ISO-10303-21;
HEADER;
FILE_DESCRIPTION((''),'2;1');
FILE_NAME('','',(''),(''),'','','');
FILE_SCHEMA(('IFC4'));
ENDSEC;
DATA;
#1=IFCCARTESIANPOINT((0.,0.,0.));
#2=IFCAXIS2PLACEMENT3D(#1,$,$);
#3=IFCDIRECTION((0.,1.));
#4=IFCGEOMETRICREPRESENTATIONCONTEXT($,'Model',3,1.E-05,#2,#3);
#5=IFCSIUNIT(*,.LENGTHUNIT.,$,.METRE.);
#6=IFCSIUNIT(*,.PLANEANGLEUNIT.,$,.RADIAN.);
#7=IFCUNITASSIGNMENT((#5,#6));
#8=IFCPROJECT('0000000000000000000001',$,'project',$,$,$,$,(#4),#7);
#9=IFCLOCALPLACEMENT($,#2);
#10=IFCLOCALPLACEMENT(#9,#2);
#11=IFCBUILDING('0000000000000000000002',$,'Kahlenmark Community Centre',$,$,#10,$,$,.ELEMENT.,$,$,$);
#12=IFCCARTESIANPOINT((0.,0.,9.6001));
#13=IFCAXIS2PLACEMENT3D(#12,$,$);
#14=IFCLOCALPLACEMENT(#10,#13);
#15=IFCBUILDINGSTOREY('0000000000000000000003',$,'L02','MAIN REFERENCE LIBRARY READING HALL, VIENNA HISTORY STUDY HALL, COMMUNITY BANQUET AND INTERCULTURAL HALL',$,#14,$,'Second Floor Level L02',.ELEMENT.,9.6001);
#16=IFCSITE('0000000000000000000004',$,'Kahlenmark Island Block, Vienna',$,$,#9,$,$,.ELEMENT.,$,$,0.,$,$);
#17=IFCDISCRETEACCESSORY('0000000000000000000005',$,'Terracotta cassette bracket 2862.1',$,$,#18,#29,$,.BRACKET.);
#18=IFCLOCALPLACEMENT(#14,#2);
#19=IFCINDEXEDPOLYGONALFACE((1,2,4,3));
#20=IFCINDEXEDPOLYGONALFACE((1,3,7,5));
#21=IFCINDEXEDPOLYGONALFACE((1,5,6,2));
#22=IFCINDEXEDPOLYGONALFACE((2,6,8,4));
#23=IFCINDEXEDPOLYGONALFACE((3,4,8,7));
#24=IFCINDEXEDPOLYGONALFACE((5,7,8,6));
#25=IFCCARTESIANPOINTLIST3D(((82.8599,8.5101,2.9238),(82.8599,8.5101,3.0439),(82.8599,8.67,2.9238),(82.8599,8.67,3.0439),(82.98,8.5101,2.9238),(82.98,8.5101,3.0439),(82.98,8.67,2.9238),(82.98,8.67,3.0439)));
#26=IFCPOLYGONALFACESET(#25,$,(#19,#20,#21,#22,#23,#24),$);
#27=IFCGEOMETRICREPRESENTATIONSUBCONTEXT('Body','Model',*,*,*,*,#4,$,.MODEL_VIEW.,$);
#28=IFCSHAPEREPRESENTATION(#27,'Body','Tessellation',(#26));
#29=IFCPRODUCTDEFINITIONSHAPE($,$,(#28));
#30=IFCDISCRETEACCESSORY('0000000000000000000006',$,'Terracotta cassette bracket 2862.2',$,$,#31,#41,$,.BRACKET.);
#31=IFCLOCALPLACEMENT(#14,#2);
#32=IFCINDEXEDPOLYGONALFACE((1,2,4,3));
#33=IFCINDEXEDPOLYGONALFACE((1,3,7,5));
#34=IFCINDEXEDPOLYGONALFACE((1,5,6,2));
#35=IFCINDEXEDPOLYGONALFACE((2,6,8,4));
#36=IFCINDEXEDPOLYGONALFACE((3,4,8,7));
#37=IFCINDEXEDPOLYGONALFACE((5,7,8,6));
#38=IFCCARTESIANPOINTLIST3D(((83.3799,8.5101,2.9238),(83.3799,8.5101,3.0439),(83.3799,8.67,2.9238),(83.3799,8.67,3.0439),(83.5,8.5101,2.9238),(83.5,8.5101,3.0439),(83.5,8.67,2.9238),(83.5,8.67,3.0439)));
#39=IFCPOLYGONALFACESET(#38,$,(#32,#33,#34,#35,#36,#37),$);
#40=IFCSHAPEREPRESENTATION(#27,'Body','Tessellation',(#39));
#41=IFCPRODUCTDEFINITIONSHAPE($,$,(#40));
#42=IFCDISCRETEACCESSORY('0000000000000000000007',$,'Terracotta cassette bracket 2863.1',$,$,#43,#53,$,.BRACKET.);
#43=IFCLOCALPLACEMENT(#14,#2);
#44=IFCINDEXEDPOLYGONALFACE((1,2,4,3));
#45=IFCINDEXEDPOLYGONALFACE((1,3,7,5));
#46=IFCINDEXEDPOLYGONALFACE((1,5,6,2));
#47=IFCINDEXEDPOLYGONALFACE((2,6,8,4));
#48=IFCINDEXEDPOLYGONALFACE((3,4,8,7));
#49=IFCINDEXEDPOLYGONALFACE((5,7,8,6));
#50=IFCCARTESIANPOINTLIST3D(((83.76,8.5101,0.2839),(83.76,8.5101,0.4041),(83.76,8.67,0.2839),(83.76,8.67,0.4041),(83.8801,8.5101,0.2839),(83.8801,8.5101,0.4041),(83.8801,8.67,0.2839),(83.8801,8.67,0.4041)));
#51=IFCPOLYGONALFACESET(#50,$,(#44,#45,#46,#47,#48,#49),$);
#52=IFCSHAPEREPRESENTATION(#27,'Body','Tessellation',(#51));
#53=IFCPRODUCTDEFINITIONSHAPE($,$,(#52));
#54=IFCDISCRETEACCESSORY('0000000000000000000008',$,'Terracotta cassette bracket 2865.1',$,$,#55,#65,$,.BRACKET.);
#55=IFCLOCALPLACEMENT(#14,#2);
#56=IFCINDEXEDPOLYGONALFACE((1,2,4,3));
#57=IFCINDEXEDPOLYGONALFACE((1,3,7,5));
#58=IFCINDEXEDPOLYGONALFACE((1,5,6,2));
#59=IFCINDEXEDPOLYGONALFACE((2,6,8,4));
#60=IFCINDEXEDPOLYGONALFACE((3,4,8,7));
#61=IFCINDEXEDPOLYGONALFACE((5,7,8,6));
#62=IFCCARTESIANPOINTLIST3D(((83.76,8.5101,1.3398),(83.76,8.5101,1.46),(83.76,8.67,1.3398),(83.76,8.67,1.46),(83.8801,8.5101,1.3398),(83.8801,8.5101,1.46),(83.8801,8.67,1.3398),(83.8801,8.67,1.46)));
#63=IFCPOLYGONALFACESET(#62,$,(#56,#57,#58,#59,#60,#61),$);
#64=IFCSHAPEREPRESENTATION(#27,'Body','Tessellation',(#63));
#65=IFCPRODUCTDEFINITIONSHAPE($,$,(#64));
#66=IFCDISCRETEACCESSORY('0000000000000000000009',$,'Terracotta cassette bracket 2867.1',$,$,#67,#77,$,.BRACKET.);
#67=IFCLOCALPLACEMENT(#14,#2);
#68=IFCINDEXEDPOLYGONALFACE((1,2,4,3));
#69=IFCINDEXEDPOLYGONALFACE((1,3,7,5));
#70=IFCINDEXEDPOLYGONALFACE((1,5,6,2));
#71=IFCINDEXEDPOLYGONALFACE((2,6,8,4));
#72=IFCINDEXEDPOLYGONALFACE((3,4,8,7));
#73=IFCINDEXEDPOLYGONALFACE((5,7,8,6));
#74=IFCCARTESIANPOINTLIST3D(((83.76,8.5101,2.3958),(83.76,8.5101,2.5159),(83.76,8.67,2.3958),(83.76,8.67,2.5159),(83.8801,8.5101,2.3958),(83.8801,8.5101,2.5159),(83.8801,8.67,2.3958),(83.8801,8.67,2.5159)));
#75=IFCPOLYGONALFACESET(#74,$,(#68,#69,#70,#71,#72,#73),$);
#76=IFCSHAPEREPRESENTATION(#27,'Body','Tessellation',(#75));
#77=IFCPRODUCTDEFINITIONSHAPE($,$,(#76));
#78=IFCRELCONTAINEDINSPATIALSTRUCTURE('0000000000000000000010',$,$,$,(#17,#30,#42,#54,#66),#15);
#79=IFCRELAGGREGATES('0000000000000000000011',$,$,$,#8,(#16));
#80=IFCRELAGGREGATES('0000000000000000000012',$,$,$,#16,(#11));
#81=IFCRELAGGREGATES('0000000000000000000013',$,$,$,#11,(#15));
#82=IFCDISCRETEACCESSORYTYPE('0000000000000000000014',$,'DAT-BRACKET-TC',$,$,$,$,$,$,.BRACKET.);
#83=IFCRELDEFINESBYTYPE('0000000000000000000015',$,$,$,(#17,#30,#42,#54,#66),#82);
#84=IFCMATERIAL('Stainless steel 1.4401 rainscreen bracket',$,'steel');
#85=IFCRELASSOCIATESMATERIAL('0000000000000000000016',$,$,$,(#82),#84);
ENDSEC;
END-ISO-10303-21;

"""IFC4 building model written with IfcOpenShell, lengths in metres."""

from ifc_helpers import new_model, si_unit, direction, frame, origin, origin_2d, place, context, subcontext, project, spatial, rectangle, extrude, material, type_object, element, save


model = new_model("IFC4")

# Units and contexts
model_context = context("Model", 3, precision=1e-05, world=origin(), true_north=direction((0.0, 1.0)))
body_context = subcontext(model_context, "Body", "Model", "MODEL_VIEW")
ifc_project = project(units=[si_unit("LENGTHUNIT", "METRE"), si_unit("PLANEANGLEUNIT", "RADIAN")], contexts=[model_context])

# Site, building, storey
site_placement = place(None, origin())
site = spatial("IfcSite", under=ifc_project, at=site_placement, Name="Kahlenmark Island Block, Vienna", CompositionType="ELEMENT", RefElevation=0.0)
building_placement = place(site_placement, origin())
building = spatial("IfcBuilding", under=site, at=building_placement, Name="Kahlenmark Community Centre", CompositionType="ELEMENT")
storey_placement = place(building_placement, frame((0.0, 0.0, 9.6001)))
storey = spatial("IfcBuildingStorey", under=building, at=storey_placement, Name="L02", Description="MAIN REFERENCE LIBRARY READING HALL, VIENNA HISTORY STUDY HALL, COMMUNITY BANQUET AND INTERCULTURAL HALL", LongName="Second Floor Level L02", CompositionType="ELEMENT", Elevation=9.6001)

# Discrete accessories
ifc_material_1 = material(Name="Stainless steel 1.4401 rainscreen bracket", Category="steel")
discrete_accessory_type = type_object("IfcDiscreteAccessoryType", Name="DAT-BRACKET-TC", PredefinedType="BRACKET", material=ifc_material_1)
for number, where, z_axis, x_axis, name in (
    (1, (82.9199, 8.5901, 2.9238), (0.0, 0.0, 1.0), (1.0, 0.0, 0.0), "Terracotta cassette bracket 2862.1"),
    (2, (83.4399, 8.5901, 2.9238), (0.0, 0.0, 1.0), (1.0, 0.0, 0.0), "Terracotta cassette bracket 2862.2"),
    (3, (83.8201, 8.5901, 0.2839), (0.0, 0.0, 1.0), (1.0, 0.0, 0.0), "Terracotta cassette bracket 2863.1"),
    (4, (83.8201, 8.5901, 1.3398), (0.0, 0.0, 1.0), (1.0, 0.0, 0.0), "Terracotta cassette bracket 2865.1"),
    (5, (83.8201, 8.5901, 2.3958), (0.0, 0.0, 1.0), (1.0, 0.0, 0.0), "Terracotta cassette bracket 2867.1"),
):
    element("IfcDiscreteAccessory", number, at=place(storey_placement, frame(where, z_axis=z_axis, x_axis=x_axis)), inside=storey, type_object=discrete_accessory_type, Name=name, PredefinedType="BRACKET", context=body_context, shape_type="SweptSolid", body=[
        extrude(rectangle(XDim=0.1201, YDim=0.1599, at=origin_2d()), origin(), (0.0, 0.0, 1.0), 0.1201),
    ])

save(model, "model.ifc")
